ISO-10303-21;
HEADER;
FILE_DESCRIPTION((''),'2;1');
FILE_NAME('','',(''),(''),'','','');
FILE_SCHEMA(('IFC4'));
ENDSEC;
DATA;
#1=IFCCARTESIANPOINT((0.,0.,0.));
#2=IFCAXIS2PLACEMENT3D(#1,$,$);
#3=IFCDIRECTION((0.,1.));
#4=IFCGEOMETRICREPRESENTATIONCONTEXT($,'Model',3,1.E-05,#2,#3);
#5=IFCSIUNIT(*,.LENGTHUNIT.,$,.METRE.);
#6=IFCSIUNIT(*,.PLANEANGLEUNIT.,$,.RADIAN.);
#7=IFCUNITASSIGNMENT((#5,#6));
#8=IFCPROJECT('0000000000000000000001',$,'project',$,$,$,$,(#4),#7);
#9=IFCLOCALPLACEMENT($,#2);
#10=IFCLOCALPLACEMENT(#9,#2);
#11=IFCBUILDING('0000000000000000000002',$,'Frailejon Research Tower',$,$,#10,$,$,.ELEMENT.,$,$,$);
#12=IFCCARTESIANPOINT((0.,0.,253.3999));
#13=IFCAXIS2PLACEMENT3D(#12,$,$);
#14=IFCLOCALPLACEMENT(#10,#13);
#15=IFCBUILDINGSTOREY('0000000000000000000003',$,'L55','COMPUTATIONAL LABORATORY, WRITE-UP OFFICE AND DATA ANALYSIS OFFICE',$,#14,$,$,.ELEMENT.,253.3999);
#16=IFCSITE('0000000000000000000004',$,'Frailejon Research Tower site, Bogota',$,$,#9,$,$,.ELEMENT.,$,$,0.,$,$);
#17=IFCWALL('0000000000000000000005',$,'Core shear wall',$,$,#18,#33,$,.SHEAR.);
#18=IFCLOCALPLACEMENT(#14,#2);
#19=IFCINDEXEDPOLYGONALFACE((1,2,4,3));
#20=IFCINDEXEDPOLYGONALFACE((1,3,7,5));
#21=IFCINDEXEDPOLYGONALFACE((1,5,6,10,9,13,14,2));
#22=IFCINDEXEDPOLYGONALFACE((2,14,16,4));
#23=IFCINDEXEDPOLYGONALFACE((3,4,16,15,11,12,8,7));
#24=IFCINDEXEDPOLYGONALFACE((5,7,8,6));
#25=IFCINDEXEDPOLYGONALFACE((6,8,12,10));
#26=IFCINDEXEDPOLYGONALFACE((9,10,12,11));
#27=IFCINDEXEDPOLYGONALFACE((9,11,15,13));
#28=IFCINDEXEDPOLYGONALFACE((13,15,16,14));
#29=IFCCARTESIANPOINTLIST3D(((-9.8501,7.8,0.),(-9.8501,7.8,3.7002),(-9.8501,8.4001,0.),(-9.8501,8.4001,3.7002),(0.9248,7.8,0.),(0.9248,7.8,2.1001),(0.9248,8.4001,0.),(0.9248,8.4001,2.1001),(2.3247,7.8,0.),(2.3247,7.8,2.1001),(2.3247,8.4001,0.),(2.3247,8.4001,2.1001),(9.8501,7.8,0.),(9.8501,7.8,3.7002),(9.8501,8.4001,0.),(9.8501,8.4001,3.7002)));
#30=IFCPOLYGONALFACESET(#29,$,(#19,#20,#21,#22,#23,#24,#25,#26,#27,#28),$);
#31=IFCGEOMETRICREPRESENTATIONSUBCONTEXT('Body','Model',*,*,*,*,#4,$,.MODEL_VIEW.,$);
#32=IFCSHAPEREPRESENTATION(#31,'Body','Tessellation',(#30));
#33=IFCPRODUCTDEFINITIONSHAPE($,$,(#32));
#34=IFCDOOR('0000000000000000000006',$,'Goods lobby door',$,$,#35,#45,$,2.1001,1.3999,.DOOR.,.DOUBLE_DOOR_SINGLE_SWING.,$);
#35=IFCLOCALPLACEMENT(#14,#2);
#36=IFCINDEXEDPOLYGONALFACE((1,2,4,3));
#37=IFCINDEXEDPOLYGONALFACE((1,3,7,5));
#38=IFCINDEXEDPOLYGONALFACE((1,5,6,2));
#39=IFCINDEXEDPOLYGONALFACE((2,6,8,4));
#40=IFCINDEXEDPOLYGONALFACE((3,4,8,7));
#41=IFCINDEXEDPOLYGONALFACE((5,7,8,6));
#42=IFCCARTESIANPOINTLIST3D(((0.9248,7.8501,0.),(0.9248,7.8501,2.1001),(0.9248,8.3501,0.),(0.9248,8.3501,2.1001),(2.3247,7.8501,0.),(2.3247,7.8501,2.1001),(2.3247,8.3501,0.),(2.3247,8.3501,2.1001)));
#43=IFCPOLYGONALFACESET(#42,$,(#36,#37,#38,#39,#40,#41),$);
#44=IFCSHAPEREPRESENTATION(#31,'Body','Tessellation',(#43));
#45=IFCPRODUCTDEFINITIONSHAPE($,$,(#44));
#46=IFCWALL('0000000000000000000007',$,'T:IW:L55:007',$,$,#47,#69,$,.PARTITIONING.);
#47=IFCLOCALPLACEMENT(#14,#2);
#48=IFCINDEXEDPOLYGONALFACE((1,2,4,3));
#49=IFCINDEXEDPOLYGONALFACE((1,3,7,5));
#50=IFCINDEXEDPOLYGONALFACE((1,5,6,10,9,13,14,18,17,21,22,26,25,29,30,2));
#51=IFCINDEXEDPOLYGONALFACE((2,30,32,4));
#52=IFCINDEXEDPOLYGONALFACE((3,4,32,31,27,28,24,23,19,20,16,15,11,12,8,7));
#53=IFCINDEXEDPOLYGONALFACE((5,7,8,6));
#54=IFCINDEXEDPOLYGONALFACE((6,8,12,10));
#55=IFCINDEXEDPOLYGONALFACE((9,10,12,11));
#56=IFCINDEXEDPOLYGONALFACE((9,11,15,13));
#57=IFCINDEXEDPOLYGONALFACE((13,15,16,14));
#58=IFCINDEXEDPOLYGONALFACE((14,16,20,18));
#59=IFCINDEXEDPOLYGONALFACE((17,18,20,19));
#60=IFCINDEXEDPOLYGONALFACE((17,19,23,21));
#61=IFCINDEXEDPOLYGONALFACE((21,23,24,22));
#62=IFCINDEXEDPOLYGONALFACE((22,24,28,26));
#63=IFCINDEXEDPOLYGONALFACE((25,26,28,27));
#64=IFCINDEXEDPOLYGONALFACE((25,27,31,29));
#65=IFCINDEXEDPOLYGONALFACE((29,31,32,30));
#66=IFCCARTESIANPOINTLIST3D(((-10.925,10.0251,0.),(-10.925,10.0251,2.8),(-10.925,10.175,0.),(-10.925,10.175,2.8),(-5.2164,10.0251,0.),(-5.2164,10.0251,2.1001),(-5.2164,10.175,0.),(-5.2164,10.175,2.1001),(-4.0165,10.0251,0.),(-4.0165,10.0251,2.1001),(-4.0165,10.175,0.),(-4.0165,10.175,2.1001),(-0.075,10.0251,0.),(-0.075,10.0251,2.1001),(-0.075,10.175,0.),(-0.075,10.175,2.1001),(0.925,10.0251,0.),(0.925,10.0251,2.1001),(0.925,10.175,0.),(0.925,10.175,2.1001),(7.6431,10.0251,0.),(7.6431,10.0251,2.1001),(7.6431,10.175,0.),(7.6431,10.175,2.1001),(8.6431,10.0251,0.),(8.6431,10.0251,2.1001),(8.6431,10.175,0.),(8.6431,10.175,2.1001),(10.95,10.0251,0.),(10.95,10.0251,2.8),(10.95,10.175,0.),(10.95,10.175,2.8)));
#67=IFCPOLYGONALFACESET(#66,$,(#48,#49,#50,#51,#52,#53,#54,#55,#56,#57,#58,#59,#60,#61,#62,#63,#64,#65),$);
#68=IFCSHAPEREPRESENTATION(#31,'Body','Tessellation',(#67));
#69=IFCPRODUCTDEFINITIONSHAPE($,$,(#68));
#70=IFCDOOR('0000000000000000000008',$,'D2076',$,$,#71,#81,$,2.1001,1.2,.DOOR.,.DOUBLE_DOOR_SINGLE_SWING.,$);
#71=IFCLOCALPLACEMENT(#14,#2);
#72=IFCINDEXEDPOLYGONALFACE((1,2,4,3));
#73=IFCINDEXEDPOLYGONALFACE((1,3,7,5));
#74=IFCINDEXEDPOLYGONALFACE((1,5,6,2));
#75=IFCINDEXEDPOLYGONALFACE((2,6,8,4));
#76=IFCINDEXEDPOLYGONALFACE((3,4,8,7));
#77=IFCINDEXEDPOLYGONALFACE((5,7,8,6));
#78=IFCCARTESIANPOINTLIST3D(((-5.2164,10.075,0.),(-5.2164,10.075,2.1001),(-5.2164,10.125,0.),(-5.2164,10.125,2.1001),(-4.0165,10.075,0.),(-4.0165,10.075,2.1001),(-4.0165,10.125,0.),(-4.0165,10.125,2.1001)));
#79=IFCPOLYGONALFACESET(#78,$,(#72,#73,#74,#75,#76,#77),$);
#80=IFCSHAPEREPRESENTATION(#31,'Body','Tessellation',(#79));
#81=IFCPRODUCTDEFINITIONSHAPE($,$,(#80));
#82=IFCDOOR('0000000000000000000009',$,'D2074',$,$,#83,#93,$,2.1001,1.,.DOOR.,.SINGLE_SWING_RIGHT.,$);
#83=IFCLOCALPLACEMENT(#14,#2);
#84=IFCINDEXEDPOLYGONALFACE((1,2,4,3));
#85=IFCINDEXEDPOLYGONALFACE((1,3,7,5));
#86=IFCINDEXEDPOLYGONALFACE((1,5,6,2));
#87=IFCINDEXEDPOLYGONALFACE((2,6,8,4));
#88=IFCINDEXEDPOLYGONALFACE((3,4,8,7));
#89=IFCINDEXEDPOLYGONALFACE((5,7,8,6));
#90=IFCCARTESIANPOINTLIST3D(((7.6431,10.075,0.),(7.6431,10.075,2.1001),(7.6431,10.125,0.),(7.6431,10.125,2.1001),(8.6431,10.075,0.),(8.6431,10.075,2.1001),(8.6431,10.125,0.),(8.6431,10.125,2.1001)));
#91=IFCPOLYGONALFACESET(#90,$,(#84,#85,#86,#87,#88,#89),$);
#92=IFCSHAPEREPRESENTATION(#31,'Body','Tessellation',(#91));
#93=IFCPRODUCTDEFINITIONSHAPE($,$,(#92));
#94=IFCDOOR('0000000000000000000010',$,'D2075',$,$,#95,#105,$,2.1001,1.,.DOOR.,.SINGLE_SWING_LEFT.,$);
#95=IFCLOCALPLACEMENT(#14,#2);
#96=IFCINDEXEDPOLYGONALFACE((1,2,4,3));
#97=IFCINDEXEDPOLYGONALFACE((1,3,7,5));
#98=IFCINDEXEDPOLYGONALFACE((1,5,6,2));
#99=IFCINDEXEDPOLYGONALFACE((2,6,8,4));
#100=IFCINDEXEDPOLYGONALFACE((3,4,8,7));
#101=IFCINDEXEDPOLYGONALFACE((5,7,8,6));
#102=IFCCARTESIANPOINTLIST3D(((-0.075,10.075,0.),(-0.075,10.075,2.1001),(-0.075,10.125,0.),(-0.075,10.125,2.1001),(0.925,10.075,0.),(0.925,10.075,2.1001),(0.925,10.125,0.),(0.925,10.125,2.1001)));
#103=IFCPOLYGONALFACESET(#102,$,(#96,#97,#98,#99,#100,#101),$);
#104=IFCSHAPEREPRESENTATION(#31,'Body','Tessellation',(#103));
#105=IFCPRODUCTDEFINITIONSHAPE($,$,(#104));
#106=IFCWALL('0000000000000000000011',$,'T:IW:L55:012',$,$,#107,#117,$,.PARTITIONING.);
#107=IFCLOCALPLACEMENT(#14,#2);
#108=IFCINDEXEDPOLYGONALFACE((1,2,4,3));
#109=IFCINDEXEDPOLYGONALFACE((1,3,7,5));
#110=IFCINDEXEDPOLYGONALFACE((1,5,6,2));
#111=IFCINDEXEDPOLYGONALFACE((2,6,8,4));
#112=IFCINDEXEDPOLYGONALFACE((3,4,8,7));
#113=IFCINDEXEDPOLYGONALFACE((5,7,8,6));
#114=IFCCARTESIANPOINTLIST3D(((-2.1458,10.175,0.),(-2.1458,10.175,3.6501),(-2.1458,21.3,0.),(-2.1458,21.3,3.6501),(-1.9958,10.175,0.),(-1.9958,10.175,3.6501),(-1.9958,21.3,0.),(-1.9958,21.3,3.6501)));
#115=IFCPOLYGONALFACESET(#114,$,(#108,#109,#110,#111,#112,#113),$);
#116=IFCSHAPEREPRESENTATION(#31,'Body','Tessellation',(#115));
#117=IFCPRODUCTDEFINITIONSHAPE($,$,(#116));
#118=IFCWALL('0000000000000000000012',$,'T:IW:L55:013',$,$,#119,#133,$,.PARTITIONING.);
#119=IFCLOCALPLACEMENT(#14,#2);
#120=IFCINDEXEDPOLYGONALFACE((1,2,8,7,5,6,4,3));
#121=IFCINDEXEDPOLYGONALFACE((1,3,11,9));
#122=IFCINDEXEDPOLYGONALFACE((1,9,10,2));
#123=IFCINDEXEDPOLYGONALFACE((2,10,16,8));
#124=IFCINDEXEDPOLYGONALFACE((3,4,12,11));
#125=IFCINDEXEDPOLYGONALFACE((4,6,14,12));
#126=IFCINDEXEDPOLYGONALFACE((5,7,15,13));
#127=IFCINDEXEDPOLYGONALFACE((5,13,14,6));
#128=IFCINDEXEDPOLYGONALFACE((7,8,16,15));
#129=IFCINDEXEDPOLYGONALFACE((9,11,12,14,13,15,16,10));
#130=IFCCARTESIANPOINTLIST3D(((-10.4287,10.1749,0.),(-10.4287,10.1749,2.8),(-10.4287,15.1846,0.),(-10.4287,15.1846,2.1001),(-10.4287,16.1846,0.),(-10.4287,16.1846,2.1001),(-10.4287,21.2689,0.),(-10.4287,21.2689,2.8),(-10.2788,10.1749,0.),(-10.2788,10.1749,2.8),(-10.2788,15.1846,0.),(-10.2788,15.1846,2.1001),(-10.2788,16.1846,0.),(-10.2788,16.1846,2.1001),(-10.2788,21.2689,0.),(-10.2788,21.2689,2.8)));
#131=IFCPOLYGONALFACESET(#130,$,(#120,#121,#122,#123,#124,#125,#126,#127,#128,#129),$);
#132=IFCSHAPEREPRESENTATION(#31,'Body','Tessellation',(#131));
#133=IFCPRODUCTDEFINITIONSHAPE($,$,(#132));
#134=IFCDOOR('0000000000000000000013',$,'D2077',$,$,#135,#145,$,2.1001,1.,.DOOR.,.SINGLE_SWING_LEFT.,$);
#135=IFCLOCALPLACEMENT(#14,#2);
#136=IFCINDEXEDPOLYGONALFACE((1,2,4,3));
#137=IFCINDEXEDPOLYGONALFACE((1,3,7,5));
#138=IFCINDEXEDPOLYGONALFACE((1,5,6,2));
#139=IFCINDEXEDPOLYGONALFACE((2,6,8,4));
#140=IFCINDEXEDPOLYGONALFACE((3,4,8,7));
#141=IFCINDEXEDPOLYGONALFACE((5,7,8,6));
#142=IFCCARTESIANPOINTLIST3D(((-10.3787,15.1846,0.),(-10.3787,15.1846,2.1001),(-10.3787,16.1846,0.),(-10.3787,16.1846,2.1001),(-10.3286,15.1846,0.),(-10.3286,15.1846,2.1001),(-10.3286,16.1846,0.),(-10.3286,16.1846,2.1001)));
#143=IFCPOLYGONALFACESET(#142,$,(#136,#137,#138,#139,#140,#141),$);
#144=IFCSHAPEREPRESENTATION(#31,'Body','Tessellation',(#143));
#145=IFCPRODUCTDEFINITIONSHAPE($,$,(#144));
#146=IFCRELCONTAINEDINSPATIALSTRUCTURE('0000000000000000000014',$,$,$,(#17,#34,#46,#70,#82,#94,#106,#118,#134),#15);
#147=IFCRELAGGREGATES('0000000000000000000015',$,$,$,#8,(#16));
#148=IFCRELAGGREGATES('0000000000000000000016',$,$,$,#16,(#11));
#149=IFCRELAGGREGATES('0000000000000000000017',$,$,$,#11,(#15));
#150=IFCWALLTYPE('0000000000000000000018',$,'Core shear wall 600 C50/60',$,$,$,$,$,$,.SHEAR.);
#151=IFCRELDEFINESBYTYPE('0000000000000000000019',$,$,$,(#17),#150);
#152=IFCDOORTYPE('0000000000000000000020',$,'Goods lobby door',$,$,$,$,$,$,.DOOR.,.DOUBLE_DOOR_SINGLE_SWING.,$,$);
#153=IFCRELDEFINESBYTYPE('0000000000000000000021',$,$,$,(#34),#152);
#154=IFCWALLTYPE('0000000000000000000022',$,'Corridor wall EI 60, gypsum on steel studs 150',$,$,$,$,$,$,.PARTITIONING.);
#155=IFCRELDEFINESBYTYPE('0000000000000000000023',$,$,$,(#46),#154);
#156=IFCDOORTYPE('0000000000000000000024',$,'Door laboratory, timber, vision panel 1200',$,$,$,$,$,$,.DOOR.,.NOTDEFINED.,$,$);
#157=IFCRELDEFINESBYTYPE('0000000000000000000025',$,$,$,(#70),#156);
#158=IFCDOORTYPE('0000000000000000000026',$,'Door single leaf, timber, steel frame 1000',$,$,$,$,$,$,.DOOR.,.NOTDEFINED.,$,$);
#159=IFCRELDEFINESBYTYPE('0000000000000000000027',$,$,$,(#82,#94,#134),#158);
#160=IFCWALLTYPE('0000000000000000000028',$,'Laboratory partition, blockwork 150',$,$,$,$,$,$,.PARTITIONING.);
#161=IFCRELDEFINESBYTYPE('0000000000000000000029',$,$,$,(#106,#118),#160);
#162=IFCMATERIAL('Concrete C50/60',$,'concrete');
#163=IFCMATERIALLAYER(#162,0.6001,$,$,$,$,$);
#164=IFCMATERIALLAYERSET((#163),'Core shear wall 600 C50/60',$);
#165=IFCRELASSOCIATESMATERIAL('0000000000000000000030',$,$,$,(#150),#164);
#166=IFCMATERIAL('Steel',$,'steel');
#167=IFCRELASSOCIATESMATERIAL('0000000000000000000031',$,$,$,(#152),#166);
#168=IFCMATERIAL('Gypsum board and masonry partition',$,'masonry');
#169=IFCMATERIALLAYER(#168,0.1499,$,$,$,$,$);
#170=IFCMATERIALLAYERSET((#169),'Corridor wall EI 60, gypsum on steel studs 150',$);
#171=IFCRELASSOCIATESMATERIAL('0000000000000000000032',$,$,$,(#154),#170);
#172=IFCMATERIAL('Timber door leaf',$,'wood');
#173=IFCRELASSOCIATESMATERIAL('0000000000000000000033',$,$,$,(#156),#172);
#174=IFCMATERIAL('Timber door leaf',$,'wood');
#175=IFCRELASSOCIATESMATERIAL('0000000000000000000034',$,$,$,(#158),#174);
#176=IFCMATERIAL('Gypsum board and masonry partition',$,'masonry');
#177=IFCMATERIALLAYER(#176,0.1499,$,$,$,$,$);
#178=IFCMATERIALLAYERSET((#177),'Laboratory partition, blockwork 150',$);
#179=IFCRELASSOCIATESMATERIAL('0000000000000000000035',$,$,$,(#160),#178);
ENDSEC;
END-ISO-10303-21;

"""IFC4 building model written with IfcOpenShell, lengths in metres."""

from ifc_helpers import new_model, si_unit, direction, frame, frame_2d, origin, place, context, subcontext, project, spatial, rectangle, extrude, material, layer, layer_set, type_object, element, fill, save


model = new_model("IFC4")

# Units and contexts
model_context = context("Model", 3, precision=1e-05, world=origin(), true_north=direction((0.0, 1.0)))
body_context = subcontext(model_context, "Body", "Model", "MODEL_VIEW")
ifc_project = project(units=[si_unit("LENGTHUNIT", "METRE"), si_unit("PLANEANGLEUNIT", "RADIAN")], contexts=[model_context])

# Site, building, storey
site_placement = place(None, origin())
site = spatial("IfcSite", under=ifc_project, at=site_placement, Name="Frailejon Research Tower site, Bogota", CompositionType="ELEMENT", RefElevation=0.0)
building_placement = place(site_placement, origin())
building = spatial("IfcBuilding", under=site, at=building_placement, Name="Frailejon Research Tower", CompositionType="ELEMENT")
storey_placement = place(building_placement, frame((0.0, 0.0, 253.3999)))
storey = spatial("IfcBuildingStorey", under=building, at=storey_placement, Name="L55", Description="COMPUTATIONAL LABORATORY, WRITE-UP OFFICE AND DATA ANALYSIS OFFICE", CompositionType="ELEMENT", Elevation=253.3999)

# Wall, opening, door
ifc_material_1 = material(Name="Concrete C50/60", Category="concrete")
ifc_layer_1 = layer(ifc_material_1, 0.6001)
ifc_layer_set_1 = layer_set([ifc_layer_1], Name="Core shear wall 600 C50/60")
wall_type_1 = type_object("IfcWallType", Name="Core shear wall 600 C50/60", PredefinedType="SHEAR", material=ifc_layer_set_1)
wall_1_placement = place(storey_placement, frame((-9.8501, 8.1001, 0.0), z_axis=(0.0, 0.0, 1.0), x_axis=(1.0, 0.0, 0.0)))
wall_1 = element("IfcWall", 1, at=wall_1_placement, inside=storey, type_object=wall_type_1, Name="Core shear wall", PredefinedType="SHEAR", context=body_context, shape_type="SweptSolid", body=[
    extrude(rectangle(XDim=19.7002, YDim=0.6001, at=frame_2d((9.8501, 0.0))), origin(), (0.0, 0.0, 1.0), 3.7002),
])
opening_1_placement = place(wall_1_placement, frame((10.7749, 0.0, 0.0)))
opening_1 = element("IfcOpeningElement", 2, at=opening_1_placement, cuts=wall_1, PredefinedType="OPENING", context=body_context, shape_type="SweptSolid", body=[
    extrude(rectangle(XDim=1.3999, YDim=2.1001, at=frame_2d((0.7, 1.05))), frame((0.0, 0.3101, 0.0), z_axis=(0.0, -1.0, 0.0), x_axis=(1.0, 0.0, 0.0)), (0.0, 0.0, 1.0), 0.6201),
])
ifc_material_2 = material(Name="Steel", Category="steel")
door_type_1 = type_object("IfcDoorType", Name="Goods lobby door", OperationType="DOUBLE_DOOR_SINGLE_SWING", PredefinedType="DOOR", material=ifc_material_2)
door_1_placement = place(opening_1_placement, origin())
door_1 = element("IfcDoor", 3, at=door_1_placement, inside=storey, type_object=door_type_1, Name="Goods lobby door", OperationType="DOUBLE_DOOR_SINGLE_SWING", OverallHeight=2.1001, OverallWidth=1.3999, PredefinedType="DOOR", context=body_context, shape_type="SweptSolid", body=[
    extrude(rectangle(XDim=1.3999, YDim=2.1001, at=frame_2d((0.7, 1.05))), frame((0.0, 0.25, 0.0), z_axis=(0.0, -1.0, 0.0), x_axis=(1.0, 0.0, 0.0)), (0.0, 0.0, 1.0), 0.5),
])
fill(opening_1, door_1)

# Wall, openings, doors
ifc_material_3 = material(Name="Gypsum board and masonry partition", Category="masonry")
ifc_layer_2 = layer(ifc_material_3, 0.1499)
ifc_layer_set_2 = layer_set([ifc_layer_2], Name="Corridor wall EI 60, gypsum on steel studs 150")
wall_type_2 = type_object("IfcWallType", Name="Corridor wall EI 60, gypsum on steel studs 150", PredefinedType="PARTITIONING", material=ifc_layer_set_2)
wall_2_placement = place(storey_placement, frame((-10.925, 10.1001, 0.0), z_axis=(0.0, 0.0, 1.0), x_axis=(1.0, 0.0, 0.0)))
wall_2 = element("IfcWall", 4, at=wall_2_placement, inside=storey, type_object=wall_type_2, Name="T:IW:L55:007", PredefinedType="PARTITIONING", context=body_context, shape_type="SweptSolid", body=[
    extrude(rectangle(XDim=21.875, YDim=0.1499, at=frame_2d((10.9375, 0.0))), origin(), (0.0, 0.0, 1.0), 2.8),
])
opening_2_placement = place(wall_2_placement, frame((18.5681, 0.0, 0.0)))
opening_2 = element("IfcOpeningElement", 5, at=opening_2_placement, cuts=wall_2, PredefinedType="OPENING", context=body_context, shape_type="SweptSolid", body=[
    extrude(rectangle(XDim=1.0, YDim=2.1001, at=frame_2d((0.5, 1.05))), frame((0.0, 0.085, 0.0), z_axis=(0.0, -1.0, 0.0), x_axis=(1.0, 0.0, 0.0)), (0.0, 0.0, 1.0), 0.1699),
])
opening_3_placement = place(wall_2_placement, frame((10.8501, 0.0, 0.0)))
opening_3 = element("IfcOpeningElement", 6, at=opening_3_placement, cuts=wall_2, PredefinedType="OPENING", context=body_context, shape_type="SweptSolid", body=[
    extrude(rectangle(XDim=1.0, YDim=2.1001, at=frame_2d((0.5, 1.05))), frame((0.0, 0.085, 0.0), z_axis=(0.0, -1.0, 0.0), x_axis=(1.0, 0.0, 0.0)), (0.0, 0.0, 1.0), 0.1699),
])
opening_4_placement = place(wall_2_placement, frame((5.7085, 0.0, 0.0)))
opening_4 = element("IfcOpeningElement", 7, at=opening_4_placement, cuts=wall_2, PredefinedType="OPENING", context=body_context, shape_type="SweptSolid", body=[
    extrude(rectangle(XDim=1.2, YDim=2.1001, at=frame_2d((0.6001, 1.05))), frame((0.0, 0.085, 0.0), z_axis=(0.0, -1.0, 0.0), x_axis=(1.0, 0.0, 0.0)), (0.0, 0.0, 1.0), 0.1699),
])
ifc_material_4 = material(Name="Timber door leaf", Category="wood")
door_type_2 = type_object("IfcDoorType", Name="Door laboratory, timber, vision panel 1200", OperationType="NOTDEFINED", PredefinedType="DOOR", material=ifc_material_4)
door_2_placement = place(opening_4_placement, origin())
door_2 = element("IfcDoor", 8, at=door_2_placement, inside=storey, type_object=door_type_2, Name="D2076", OperationType="DOUBLE_DOOR_SINGLE_SWING", OverallHeight=2.1001, OverallWidth=1.2, PredefinedType="DOOR", context=body_context, shape_type="SweptSolid", body=[
    extrude(rectangle(XDim=1.2, YDim=2.1001, at=frame_2d((0.6001, 1.05))), frame((0.0, 0.0249, 0.0), z_axis=(0.0, -1.0, 0.0), x_axis=(1.0, 0.0, 0.0)), (0.0, 0.0, 1.0), 0.05),
])
fill(opening_4, door_2)
ifc_material_5 = material(Name="Timber door leaf", Category="wood")
door_type_3 = type_object("IfcDoorType", Name="Door single leaf, timber, steel frame 1000", OperationType="NOTDEFINED", PredefinedType="DOOR", material=ifc_material_5)
door_3_placement = place(opening_2_placement, origin())
door_3 = element("IfcDoor", 9, at=door_3_placement, inside=storey, type_object=door_type_3, Name="D2074", OperationType="SINGLE_SWING_RIGHT", OverallHeight=2.1001, OverallWidth=1.0, PredefinedType="DOOR", context=body_context, shape_type="SweptSolid", body=[
    extrude(rectangle(XDim=1.0, YDim=2.1001, at=frame_2d((0.5, 1.05))), frame((0.0, 0.0249, 0.0), z_axis=(0.0, -1.0, 0.0), x_axis=(1.0, 0.0, 0.0)), (0.0, 0.0, 1.0), 0.05),
])
fill(opening_2, door_3)
door_4_placement = place(opening_3_placement, origin())
door_4 = element("IfcDoor", 10, at=door_4_placement, inside=storey, type_object=door_type_3, Name="D2075", OperationType="SINGLE_SWING_LEFT", OverallHeight=2.1001, OverallWidth=1.0, PredefinedType="DOOR", context=body_context, shape_type="SweptSolid", body=[
    extrude(rectangle(XDim=1.0, YDim=2.1001, at=frame_2d((0.5, 1.05))), frame((0.0, 0.0249, 0.0), z_axis=(0.0, -1.0, 0.0), x_axis=(1.0, 0.0, 0.0)), (0.0, 0.0, 1.0), 0.05),
])
fill(opening_3, door_4)

# Wall
ifc_material_6 = material(Name="Gypsum board and masonry partition", Category="masonry")
ifc_layer_3 = layer(ifc_material_6, 0.1499)
ifc_layer_set_3 = layer_set([ifc_layer_3], Name="Laboratory partition, blockwork 150")
wall_type_3 = type_object("IfcWallType", Name="Laboratory partition, blockwork 150", PredefinedType="PARTITIONING", material=ifc_layer_set_3)
wall_3_placement = place(storey_placement, frame((-2.0708, 10.175, 0.0), z_axis=(0.0, 0.0, 1.0), x_axis=(0.0, 1.0, 0.0)))
element("IfcWall", 11, at=wall_3_placement, inside=storey, type_object=wall_type_3, Name="T:IW:L55:012", PredefinedType="PARTITIONING", context=body_context, shape_type="SweptSolid", body=[
    extrude(rectangle(XDim=11.125, YDim=0.1499, at=frame_2d((5.5625, 0.0))), origin(), (0.0, 0.0, 1.0), 3.6501),
])

# Wall, opening, door
wall_4_placement = place(storey_placement, frame((-10.3538, 10.175, 0.0), z_axis=(0.0, 0.0, 1.0), x_axis=(0.0, 1.0, 0.0)))
wall_4 = element("IfcWall", 12, at=wall_4_placement, inside=storey, type_object=wall_type_3, Name="T:IW:L55:013", PredefinedType="PARTITIONING", context=body_context, shape_type="SweptSolid", body=[
    extrude(rectangle(XDim=11.094, YDim=0.1499, at=frame_2d((5.5469, 0.0))), origin(), (0.0, 0.0, 1.0), 2.8),
])
opening_5_placement = place(wall_4_placement, frame((5.0095, 0.0, 0.0)))
opening_5 = element("IfcOpeningElement", 13, at=opening_5_placement, cuts=wall_4, PredefinedType="OPENING", context=body_context, shape_type="SweptSolid", body=[
    extrude(rectangle(XDim=1.0, YDim=2.1001, at=frame_2d((0.5, 1.05))), frame((0.0, 0.085, 0.0), z_axis=(0.0, -1.0, 0.0), x_axis=(1.0, 0.0, 0.0)), (0.0, 0.0, 1.0), 0.1699),
])
door_5_placement = place(opening_5_placement, origin())
door_5 = element("IfcDoor", 14, at=door_5_placement, inside=storey, type_object=door_type_3, Name="D2077", OperationType="SINGLE_SWING_LEFT", OverallHeight=2.1001, OverallWidth=1.0, PredefinedType="DOOR", context=body_context, shape_type="SweptSolid", body=[
    extrude(rectangle(XDim=1.0, YDim=2.1001, at=frame_2d((0.5, 1.05))), frame((0.0, 0.0249, 0.0), z_axis=(0.0, -1.0, 0.0), x_axis=(1.0, 0.0, 0.0)), (0.0, 0.0, 1.0), 0.05),
])
fill(opening_5, door_5)

save(model, "model.ifc")
